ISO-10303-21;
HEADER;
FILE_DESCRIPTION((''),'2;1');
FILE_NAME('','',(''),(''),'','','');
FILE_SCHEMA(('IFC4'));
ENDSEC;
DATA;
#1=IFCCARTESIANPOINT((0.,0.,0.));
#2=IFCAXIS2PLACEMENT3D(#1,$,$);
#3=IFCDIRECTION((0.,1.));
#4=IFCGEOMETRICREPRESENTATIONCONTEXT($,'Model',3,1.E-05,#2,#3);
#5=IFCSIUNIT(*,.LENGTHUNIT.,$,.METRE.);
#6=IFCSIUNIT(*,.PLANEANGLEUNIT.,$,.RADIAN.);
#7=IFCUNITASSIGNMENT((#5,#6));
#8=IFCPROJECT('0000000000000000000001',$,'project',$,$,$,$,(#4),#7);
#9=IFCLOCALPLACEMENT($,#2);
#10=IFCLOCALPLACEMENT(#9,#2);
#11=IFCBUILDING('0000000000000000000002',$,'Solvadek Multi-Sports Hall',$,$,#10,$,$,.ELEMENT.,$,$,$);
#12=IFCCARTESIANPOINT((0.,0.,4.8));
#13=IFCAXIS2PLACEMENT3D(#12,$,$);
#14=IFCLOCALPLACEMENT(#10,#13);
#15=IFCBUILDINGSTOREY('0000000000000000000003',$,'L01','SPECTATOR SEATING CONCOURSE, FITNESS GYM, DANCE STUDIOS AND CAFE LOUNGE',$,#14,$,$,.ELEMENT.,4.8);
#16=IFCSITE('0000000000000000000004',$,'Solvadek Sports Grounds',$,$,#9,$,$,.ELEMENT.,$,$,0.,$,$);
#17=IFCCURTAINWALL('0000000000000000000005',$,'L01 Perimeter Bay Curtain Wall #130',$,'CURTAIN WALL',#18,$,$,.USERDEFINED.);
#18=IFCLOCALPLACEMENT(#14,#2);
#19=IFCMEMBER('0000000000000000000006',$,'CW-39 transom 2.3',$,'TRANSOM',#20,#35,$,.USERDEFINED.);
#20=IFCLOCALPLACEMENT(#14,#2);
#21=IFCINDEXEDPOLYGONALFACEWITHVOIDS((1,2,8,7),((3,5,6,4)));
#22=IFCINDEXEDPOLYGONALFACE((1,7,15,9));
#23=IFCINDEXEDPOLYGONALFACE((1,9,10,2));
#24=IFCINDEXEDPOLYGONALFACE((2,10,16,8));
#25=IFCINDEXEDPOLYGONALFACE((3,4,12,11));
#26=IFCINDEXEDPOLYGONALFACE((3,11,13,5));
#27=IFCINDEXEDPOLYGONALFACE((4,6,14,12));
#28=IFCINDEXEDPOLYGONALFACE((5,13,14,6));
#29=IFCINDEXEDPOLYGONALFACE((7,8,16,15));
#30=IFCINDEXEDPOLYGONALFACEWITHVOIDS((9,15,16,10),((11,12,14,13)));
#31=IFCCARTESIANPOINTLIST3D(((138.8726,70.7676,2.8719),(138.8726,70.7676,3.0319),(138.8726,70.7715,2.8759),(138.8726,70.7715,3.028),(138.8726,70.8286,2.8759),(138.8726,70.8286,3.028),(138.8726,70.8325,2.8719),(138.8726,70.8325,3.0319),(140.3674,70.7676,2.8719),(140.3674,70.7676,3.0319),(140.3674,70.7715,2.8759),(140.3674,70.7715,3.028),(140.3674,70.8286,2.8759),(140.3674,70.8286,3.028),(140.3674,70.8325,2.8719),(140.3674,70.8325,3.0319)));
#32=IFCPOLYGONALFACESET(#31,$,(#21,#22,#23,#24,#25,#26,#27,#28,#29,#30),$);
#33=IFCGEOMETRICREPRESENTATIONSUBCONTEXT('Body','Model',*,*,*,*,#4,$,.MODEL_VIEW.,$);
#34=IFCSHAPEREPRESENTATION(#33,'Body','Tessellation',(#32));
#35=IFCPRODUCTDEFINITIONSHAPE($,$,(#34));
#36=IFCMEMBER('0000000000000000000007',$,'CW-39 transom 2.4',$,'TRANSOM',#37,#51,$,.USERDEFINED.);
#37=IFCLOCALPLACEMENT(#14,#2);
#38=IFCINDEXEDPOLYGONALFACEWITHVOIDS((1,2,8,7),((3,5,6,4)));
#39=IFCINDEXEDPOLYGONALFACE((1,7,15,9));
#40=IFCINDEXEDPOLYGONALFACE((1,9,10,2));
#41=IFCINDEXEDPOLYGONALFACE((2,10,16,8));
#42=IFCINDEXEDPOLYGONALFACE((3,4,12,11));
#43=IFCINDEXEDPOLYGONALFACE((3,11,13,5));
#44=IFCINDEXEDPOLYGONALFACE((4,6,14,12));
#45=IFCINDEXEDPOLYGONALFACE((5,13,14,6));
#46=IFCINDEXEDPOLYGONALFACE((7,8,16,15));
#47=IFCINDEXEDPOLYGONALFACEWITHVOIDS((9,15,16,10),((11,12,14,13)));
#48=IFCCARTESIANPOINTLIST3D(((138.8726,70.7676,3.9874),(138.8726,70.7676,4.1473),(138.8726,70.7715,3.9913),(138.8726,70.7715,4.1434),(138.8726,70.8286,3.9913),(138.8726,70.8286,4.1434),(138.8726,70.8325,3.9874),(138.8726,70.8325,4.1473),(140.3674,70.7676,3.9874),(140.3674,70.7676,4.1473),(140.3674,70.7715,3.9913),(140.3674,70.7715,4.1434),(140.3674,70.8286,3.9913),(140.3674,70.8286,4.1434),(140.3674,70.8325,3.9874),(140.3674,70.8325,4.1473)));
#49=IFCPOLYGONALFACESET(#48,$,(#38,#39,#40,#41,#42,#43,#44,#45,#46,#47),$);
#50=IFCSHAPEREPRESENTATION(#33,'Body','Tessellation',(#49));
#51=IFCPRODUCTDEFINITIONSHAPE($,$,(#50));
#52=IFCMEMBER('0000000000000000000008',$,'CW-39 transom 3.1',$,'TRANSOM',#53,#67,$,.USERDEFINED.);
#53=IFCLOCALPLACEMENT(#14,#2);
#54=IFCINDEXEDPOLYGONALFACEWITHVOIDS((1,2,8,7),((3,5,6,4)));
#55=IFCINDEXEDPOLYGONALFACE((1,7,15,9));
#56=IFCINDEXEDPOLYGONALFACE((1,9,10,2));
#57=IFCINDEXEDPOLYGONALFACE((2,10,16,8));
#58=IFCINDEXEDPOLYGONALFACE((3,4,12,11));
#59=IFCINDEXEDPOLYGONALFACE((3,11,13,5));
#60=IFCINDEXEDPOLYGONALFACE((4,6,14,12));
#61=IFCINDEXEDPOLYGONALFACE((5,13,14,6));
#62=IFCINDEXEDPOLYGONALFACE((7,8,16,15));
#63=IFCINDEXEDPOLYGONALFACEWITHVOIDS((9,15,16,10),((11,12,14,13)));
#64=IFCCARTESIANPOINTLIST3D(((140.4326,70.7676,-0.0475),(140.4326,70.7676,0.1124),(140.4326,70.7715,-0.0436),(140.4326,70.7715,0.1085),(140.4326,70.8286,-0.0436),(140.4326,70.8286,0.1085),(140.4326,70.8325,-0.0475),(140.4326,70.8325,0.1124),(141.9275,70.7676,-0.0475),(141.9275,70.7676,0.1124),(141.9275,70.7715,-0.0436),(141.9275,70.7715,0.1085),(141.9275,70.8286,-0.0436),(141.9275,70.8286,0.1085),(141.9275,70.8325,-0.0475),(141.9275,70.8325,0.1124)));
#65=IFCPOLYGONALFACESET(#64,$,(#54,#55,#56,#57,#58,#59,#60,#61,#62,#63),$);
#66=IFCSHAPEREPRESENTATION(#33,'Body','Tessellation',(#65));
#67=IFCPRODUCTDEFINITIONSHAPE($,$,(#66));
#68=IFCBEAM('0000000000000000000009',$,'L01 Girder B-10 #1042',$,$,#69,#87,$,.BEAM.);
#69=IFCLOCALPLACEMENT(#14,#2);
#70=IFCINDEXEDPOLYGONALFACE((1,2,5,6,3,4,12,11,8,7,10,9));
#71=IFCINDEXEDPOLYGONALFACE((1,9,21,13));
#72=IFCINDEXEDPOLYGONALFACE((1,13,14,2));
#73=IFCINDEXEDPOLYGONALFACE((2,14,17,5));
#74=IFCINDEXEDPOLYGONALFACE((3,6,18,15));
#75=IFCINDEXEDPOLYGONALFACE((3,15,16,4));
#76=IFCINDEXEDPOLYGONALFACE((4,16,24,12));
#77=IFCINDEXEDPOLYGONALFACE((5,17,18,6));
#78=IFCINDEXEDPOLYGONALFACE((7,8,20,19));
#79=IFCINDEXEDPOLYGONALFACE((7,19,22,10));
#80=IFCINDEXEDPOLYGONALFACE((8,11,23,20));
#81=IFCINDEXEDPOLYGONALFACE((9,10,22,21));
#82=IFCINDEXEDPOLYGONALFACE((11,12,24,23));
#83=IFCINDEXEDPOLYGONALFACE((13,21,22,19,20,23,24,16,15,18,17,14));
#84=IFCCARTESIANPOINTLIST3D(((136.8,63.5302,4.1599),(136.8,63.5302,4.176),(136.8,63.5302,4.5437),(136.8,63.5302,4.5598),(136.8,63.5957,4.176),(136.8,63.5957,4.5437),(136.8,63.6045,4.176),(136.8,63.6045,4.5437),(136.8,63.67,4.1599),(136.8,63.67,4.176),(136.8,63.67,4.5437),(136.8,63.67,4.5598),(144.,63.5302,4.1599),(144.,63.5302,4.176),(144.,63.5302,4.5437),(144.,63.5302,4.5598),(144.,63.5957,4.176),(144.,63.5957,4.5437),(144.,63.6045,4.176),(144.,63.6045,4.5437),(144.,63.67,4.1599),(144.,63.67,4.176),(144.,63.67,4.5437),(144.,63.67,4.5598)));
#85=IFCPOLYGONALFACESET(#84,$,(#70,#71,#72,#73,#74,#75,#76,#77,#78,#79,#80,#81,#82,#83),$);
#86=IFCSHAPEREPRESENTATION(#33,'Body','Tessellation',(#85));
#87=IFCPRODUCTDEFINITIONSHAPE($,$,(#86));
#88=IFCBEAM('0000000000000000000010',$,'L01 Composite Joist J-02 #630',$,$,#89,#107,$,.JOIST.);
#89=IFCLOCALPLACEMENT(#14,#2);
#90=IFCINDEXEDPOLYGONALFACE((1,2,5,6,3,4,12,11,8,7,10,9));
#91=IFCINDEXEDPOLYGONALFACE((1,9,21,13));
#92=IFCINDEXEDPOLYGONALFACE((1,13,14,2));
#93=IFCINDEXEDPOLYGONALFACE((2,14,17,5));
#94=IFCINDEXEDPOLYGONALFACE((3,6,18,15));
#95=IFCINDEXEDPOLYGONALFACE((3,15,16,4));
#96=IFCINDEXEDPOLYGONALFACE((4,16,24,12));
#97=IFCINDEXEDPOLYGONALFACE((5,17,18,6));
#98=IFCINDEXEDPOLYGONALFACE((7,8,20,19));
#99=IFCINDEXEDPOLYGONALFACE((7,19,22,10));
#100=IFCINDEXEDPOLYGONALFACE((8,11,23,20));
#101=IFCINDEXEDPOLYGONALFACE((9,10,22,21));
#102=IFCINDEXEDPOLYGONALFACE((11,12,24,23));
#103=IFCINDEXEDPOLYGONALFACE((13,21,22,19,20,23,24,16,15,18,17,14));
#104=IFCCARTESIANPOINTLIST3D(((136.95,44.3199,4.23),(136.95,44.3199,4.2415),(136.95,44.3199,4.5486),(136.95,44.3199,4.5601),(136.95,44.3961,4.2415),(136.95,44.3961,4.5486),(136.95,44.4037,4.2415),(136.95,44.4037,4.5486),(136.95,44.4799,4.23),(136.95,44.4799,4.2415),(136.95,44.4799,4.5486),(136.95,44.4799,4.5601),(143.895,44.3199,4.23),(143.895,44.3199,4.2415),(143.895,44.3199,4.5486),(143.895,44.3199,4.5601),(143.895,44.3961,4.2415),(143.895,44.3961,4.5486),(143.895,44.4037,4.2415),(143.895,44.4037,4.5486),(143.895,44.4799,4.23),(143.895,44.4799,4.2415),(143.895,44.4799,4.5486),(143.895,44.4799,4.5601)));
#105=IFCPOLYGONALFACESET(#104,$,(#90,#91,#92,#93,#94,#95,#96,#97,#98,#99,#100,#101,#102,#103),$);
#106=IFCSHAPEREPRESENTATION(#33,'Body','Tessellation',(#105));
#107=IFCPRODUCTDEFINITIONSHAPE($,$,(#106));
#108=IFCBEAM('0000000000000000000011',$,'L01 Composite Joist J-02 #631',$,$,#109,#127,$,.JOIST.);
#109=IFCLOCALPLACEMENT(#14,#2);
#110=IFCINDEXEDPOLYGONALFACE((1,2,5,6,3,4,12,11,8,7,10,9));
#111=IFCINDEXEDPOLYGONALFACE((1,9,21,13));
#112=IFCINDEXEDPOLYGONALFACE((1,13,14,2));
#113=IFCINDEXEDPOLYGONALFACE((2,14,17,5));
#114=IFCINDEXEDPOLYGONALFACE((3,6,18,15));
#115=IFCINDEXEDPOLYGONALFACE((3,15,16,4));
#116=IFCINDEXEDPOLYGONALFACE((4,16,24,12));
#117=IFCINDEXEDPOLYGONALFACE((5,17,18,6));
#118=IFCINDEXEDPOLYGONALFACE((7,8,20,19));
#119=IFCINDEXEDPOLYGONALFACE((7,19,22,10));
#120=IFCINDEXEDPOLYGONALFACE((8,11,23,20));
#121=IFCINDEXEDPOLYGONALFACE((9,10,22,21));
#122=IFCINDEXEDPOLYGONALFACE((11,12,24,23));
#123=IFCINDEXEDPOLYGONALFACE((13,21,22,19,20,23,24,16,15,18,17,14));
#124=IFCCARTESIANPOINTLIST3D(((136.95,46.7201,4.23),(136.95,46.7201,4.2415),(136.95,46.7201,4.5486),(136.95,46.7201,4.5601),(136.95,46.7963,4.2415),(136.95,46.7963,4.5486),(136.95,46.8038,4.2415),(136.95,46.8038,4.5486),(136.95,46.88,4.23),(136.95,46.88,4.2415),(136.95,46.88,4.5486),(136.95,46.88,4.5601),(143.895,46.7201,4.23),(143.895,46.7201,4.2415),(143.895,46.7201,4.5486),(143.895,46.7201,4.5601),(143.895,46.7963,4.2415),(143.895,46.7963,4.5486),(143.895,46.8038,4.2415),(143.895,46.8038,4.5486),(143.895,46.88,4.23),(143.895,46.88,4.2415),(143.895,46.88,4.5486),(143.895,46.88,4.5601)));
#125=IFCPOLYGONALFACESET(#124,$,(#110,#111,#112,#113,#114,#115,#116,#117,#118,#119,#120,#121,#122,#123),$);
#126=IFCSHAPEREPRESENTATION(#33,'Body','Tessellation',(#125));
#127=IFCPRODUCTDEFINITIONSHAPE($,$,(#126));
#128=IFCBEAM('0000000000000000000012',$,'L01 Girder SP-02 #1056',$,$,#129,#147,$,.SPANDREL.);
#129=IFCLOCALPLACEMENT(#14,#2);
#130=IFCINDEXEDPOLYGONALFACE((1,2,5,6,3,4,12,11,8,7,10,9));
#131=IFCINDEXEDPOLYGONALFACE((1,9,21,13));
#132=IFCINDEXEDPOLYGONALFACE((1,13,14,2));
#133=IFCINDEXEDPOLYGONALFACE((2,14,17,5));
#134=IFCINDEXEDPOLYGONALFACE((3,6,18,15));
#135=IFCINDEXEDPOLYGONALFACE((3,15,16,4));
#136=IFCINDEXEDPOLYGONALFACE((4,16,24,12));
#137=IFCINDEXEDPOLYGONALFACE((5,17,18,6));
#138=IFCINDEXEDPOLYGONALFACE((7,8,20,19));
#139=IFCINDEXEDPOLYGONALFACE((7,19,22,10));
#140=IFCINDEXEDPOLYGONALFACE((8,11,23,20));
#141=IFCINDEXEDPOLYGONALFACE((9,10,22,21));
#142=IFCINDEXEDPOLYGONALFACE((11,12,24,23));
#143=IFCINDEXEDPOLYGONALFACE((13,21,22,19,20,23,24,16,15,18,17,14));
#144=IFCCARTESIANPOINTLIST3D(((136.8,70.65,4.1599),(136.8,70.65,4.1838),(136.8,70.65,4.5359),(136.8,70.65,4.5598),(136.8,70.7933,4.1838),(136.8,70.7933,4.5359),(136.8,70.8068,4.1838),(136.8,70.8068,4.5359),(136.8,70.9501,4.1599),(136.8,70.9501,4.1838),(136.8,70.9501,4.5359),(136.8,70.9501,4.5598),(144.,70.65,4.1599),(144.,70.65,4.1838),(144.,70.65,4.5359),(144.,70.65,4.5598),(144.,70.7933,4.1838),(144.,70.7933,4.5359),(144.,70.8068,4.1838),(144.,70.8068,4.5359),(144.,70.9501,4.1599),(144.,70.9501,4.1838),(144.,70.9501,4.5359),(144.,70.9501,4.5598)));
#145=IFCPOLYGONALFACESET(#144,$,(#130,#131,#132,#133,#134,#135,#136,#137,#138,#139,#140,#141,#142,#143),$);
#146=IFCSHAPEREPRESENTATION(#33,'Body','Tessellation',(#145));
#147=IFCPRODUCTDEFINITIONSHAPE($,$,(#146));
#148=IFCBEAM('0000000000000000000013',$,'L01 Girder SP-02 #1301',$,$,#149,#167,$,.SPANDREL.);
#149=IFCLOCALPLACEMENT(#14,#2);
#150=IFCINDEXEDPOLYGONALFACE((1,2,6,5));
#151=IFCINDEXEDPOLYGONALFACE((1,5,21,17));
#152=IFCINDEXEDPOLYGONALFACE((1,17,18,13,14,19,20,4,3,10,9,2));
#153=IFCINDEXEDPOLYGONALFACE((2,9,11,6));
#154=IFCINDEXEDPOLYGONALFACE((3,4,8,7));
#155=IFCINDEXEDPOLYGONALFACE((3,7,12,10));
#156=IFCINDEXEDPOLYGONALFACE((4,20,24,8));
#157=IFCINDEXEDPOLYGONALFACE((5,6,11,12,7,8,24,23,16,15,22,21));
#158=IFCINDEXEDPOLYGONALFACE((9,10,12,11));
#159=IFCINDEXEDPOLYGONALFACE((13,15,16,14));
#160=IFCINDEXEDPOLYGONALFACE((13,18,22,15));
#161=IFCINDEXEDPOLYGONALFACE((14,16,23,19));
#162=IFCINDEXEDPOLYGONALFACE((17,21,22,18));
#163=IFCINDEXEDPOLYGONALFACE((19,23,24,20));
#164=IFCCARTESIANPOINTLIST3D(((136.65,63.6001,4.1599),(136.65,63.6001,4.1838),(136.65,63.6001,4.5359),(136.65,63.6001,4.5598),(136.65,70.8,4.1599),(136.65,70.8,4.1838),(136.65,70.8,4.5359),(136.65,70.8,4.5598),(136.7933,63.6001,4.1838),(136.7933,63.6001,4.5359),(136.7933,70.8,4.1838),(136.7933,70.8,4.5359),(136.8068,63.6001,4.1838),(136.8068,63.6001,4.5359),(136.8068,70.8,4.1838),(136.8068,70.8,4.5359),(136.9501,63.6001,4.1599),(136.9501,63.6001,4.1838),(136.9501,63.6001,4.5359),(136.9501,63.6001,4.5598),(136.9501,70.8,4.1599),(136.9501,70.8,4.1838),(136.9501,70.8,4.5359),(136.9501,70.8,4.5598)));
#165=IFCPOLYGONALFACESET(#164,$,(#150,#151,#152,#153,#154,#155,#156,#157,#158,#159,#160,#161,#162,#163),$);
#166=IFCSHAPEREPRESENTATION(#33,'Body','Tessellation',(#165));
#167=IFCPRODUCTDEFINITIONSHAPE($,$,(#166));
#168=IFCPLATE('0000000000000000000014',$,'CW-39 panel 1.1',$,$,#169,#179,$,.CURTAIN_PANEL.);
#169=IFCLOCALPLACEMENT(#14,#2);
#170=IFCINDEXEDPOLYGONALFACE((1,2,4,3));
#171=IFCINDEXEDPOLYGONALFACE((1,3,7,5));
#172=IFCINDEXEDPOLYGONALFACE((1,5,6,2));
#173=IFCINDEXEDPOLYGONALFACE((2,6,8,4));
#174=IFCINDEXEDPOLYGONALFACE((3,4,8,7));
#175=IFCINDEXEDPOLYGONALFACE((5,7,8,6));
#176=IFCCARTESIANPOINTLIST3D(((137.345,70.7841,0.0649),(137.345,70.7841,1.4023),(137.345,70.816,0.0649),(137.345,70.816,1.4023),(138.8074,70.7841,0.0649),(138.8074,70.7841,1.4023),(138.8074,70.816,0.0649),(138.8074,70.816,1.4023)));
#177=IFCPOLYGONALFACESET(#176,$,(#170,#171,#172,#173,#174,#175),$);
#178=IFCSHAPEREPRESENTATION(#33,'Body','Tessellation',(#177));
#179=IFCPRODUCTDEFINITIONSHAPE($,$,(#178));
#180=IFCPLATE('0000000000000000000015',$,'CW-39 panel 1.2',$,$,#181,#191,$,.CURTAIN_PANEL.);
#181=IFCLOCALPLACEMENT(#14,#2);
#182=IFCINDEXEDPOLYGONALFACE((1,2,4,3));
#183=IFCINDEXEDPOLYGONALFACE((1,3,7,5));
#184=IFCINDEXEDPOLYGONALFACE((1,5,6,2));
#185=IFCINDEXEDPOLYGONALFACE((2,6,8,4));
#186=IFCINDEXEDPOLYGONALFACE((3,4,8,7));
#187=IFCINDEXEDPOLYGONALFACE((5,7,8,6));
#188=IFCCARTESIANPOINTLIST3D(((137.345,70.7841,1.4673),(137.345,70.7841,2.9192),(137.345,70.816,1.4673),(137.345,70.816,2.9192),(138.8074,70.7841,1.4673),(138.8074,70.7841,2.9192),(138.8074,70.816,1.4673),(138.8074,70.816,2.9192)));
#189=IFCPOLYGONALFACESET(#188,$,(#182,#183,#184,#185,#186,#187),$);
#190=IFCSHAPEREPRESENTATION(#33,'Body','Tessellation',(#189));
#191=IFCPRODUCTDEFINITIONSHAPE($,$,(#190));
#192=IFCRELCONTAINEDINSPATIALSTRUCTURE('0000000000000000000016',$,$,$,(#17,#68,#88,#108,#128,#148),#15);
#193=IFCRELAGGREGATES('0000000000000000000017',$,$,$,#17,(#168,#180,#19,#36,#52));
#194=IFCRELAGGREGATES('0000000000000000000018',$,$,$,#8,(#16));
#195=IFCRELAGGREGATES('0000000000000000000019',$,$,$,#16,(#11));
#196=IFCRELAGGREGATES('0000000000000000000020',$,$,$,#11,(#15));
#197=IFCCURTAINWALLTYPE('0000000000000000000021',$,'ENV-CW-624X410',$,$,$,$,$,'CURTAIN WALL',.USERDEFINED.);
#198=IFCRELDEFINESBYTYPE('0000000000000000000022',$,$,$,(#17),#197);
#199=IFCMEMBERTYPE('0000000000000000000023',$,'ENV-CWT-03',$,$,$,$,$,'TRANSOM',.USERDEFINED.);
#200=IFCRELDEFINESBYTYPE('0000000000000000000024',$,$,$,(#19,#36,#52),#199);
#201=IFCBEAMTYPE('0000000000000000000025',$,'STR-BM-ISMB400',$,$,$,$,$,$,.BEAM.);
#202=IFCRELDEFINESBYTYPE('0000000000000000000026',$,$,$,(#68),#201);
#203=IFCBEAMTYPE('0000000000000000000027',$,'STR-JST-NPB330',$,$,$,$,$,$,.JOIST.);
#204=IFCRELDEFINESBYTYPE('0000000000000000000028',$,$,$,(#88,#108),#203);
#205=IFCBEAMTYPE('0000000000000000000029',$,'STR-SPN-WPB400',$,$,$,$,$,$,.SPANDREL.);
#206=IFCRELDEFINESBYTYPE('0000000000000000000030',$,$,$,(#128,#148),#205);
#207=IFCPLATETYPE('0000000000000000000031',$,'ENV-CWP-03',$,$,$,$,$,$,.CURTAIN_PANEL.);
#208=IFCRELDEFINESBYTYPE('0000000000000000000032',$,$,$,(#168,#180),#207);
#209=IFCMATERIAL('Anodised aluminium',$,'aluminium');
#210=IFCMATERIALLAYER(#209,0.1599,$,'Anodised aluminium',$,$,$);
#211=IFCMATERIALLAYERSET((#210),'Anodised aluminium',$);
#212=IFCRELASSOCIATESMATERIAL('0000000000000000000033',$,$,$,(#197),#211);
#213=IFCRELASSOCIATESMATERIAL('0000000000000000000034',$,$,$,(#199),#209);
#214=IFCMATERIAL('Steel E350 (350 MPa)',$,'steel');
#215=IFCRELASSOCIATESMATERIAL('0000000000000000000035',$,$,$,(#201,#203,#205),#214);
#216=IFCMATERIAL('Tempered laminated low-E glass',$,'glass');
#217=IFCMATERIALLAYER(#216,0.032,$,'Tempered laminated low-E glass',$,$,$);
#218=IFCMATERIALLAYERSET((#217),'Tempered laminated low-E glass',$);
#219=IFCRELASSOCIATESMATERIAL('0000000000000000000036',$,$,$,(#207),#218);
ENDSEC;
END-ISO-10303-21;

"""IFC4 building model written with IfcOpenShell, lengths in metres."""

from ifc_helpers import new_model, si_unit, direction, frame, origin, origin_2d, place, context, subcontext, project, spatial, rectangle, hollow_rectangle, i_section, extrude, material, layer, layer_set, material_profile, profile_set, type_object, element, aggregate, save


model = new_model("IFC4")

# Units and contexts
model_context = context("Model", 3, precision=1e-05, world=origin(), true_north=direction((0.0, 1.0)))
body_context = subcontext(model_context, "Body", "Model", "MODEL_VIEW")
ifc_project = project(units=[si_unit("LENGTHUNIT", "METRE"), si_unit("PLANEANGLEUNIT", "RADIAN")], contexts=[model_context])

# Site, building, storey
site_placement = place(None, origin())
site = spatial("IfcSite", under=ifc_project, at=site_placement, Name="Solvadek Sports Grounds", CompositionType="ELEMENT", RefElevation=0.0)
building_placement = place(site_placement, origin())
building = spatial("IfcBuilding", under=site, at=building_placement, Name="Solvadek Multi-Sports Hall", CompositionType="ELEMENT")
storey_placement = place(building_placement, frame((0.0, 0.0, 4.8)))
storey = spatial("IfcBuildingStorey", under=building, at=storey_placement, Name="L01", Description="SPECTATOR SEATING CONCOURSE, FITNESS GYM, DANCE STUDIOS AND CAFE LOUNGE", CompositionType="ELEMENT", Elevation=4.8)

# Shared definitions
ifc_material_1 = material(Name="Steel E350 (350 MPa)", Category="steel")

# Curtain wall, members
ifc_material_2 = material(Name="Anodised aluminium", Category="aluminium")
ifc_layer_1 = layer(ifc_material_2, 0.1599, Name="Anodised aluminium")
ifc_layer_set_1 = layer_set([ifc_layer_1], Name="Anodised aluminium")
curtain_wall_type = type_object("IfcCurtainWallType", Name="ENV-CW-624X410", ElementType="CURTAIN WALL", PredefinedType="USERDEFINED", material=ifc_layer_set_1)
curtain_wall_placement = place(storey_placement, origin())
curtain_wall = element("IfcCurtainWall", 1, at=curtain_wall_placement, inside=storey, type_object=curtain_wall_type, Name="L01 Perimeter Bay Curtain Wall #130", ObjectType="CURTAIN WALL", PredefinedType="USERDEFINED")
ifc_material_profile_1 = material_profile(ifc_material_2, hollow_rectangle(XDim=0.0649, YDim=0.1599, WallThickness=0.0039, at=origin_2d()), Name="ALU-T 160x65x4")
ifc_profile_set_1 = profile_set([ifc_material_profile_1], Name="Anodised aluminium")
member_type_1 = type_object("IfcMemberType", Name="ENV-CWT-03", ElementType="TRANSOM", PredefinedType="USERDEFINED", material=ifc_profile_set_1)
member_1_placement = place(storey_placement, frame((138.8726, 70.8, 2.9519), z_axis=(1.0, 0.0, 0.0), x_axis=(0.0, 1.0, 0.0)))
member_1 = element("IfcMember", 2, at=member_1_placement, type_object=member_type_1, Name="CW-39 transom 2.3", ObjectType="TRANSOM", PredefinedType="USERDEFINED", context=body_context, shape_type="SweptSolid", body=[
    extrude(hollow_rectangle(XDim=0.0649, YDim=0.1599, WallThickness=0.0039, at=origin_2d()), origin(), (0.0, 0.0, 1.0), 1.4949),
])
member_2_placement = place(storey_placement, frame((138.8726, 70.8, 4.0674), z_axis=(1.0, 0.0, 0.0), x_axis=(0.0, 1.0, 0.0)))
member_2 = element("IfcMember", 3, at=member_2_placement, type_object=member_type_1, Name="CW-39 transom 2.4", ObjectType="TRANSOM", PredefinedType="USERDEFINED", context=body_context, shape_type="SweptSolid", body=[
    extrude(hollow_rectangle(XDim=0.0649, YDim=0.1599, WallThickness=0.0039, at=origin_2d()), origin(), (0.0, 0.0, 1.0), 1.4949),
])
member_3_placement = place(storey_placement, frame((140.4326, 70.8, 0.0325), z_axis=(1.0, 0.0, 0.0), x_axis=(0.0, 1.0, 0.0)))
member_3 = element("IfcMember", 4, at=member_3_placement, type_object=member_type_1, Name="CW-39 transom 3.1", ObjectType="TRANSOM", PredefinedType="USERDEFINED", context=body_context, shape_type="SweptSolid", body=[
    extrude(hollow_rectangle(XDim=0.0649, YDim=0.1599, WallThickness=0.0039, at=origin_2d()), origin(), (0.0, 0.0, 1.0), 1.4949),
])

# Beams
ifc_material_profile_2 = material_profile(ifc_material_1, i_section(OverallWidth=0.1399, OverallDepth=0.3999, WebThickness=0.0088, FlangeThickness=0.0161, at=origin_2d()), Name="ISMB 400")
ifc_profile_set_2 = profile_set([ifc_material_profile_2], Name="Steel E350 (350 MPa)")
beam_type_1 = type_object("IfcBeamType", Name="STR-BM-ISMB400", PredefinedType="BEAM", material=ifc_profile_set_2)
beam_placement = place(storey_placement, frame((136.8, 63.6001, 4.3599), z_axis=(1.0, 0.0, 0.0), x_axis=(0.0, 1.0, 0.0)))
element("IfcBeam", 5, at=beam_placement, inside=storey, type_object=beam_type_1, Name="L01 Girder B-10 #1042", PredefinedType="BEAM", context=body_context, shape_type="SweptSolid", body=[
    extrude(i_section(OverallWidth=0.1399, OverallDepth=0.3999, WebThickness=0.0088, FlangeThickness=0.0161, at=origin_2d()), origin(), (0.0, 0.0, 1.0), 7.2),
])
ifc_material_profile_3 = material_profile(ifc_material_1, i_section(OverallWidth=0.1599, OverallDepth=0.3301, WebThickness=0.0076, FlangeThickness=0.0115, at=origin_2d()), Name="NPB 330")
ifc_profile_set_3 = profile_set([ifc_material_profile_3], Name="Steel E350 (350 MPa)")
beam_type_2 = type_object("IfcBeamType", Name="STR-JST-NPB330", PredefinedType="JOIST", material=ifc_profile_set_3)
for number, where, z_axis, x_axis, name in (
    (6, (136.95, 44.3999, 4.395), (1.0, 0.0, 0.0), (0.0, 1.0, 0.0), "L01 Composite Joist J-02 #630"),
    (7, (136.95, 46.8, 4.395), (1.0, 0.0, 0.0), (0.0, 1.0, 0.0), "L01 Composite Joist J-02 #631"),
):
    element("IfcBeam", number, at=place(storey_placement, frame(where, z_axis=z_axis, x_axis=x_axis)), inside=storey, type_object=beam_type_2, Name=name, PredefinedType="JOIST", context=body_context, shape_type="SweptSolid", body=[
        extrude(i_section(OverallWidth=0.1599, OverallDepth=0.3301, WebThickness=0.0076, FlangeThickness=0.0115, at=origin_2d()), origin(), (0.0, 0.0, 1.0), 6.9451),
    ])
ifc_material_profile_4 = material_profile(ifc_material_1, i_section(OverallWidth=0.3, OverallDepth=0.3999, WebThickness=0.0134, FlangeThickness=0.0239, at=origin_2d()), Name="WPB 400")
ifc_profile_set_4 = profile_set([ifc_material_profile_4], Name="Steel E350 (350 MPa)")
beam_type_3 = type_object("IfcBeamType", Name="STR-SPN-WPB400", PredefinedType="SPANDREL", material=ifc_profile_set_4)
for number, where, z_axis, x_axis, name in (
    (8, (136.8, 70.8, 4.3599), (1.0, 0.0, 0.0), (0.0, 1.0, 0.0), "L01 Girder SP-02 #1056"),
    (9, (136.8, 63.6001, 4.3599), (0.0, 1.0, 0.0), (-1.0, 0.0, 0.0), "L01 Girder SP-02 #1301"),
):
    element("IfcBeam", number, at=place(storey_placement, frame(where, z_axis=z_axis, x_axis=x_axis)), inside=storey, type_object=beam_type_3, Name=name, PredefinedType="SPANDREL", context=body_context, shape_type="SweptSolid", body=[
        extrude(i_section(OverallWidth=0.3, OverallDepth=0.3999, WebThickness=0.0134, FlangeThickness=0.0239, at=origin_2d()), origin(), (0.0, 0.0, 1.0), 7.2),
    ])

# Plates
ifc_material_3 = material(Name="Tempered laminated low-E glass", Category="glass")
ifc_layer_2 = layer(ifc_material_3, 0.032, Name="Tempered laminated low-E glass")
ifc_layer_set_2 = layer_set([ifc_layer_2], Name="Tempered laminated low-E glass")
plate_type = type_object("IfcPlateType", Name="ENV-CWP-03", PredefinedType="CURTAIN_PANEL", material=ifc_layer_set_2)
plate_1_placement = place(storey_placement, frame((138.0762, 70.8, 0.0649), z_axis=(0.0, 0.0, 1.0), x_axis=(1.0, 0.0, 0.0)))
plate_1 = element("IfcPlate", 10, at=plate_1_placement, type_object=plate_type, Name="CW-39 panel 1.1", PredefinedType="CURTAIN_PANEL", context=body_context, shape_type="SweptSolid", body=[
    extrude(rectangle(XDim=1.4624, YDim=0.032, at=origin_2d()), origin(), (0.0, 0.0, 1.0), 1.3374),
])
plate_2_placement = place(storey_placement, frame((138.0762, 70.8, 1.4673), z_axis=(0.0, 0.0, 1.0), x_axis=(1.0, 0.0, 0.0)))
plate_2 = element("IfcPlate", 11, at=plate_2_placement, type_object=plate_type, Name="CW-39 panel 1.2", PredefinedType="CURTAIN_PANEL", context=body_context, shape_type="SweptSolid", body=[
    extrude(rectangle(XDim=1.4624, YDim=0.032, at=origin_2d()), origin(), (0.0, 0.0, 1.0), 1.4519),
])
aggregate(curtain_wall, [plate_1, plate_2, member_1, member_2, member_3])

save(model, "model.ifc")
